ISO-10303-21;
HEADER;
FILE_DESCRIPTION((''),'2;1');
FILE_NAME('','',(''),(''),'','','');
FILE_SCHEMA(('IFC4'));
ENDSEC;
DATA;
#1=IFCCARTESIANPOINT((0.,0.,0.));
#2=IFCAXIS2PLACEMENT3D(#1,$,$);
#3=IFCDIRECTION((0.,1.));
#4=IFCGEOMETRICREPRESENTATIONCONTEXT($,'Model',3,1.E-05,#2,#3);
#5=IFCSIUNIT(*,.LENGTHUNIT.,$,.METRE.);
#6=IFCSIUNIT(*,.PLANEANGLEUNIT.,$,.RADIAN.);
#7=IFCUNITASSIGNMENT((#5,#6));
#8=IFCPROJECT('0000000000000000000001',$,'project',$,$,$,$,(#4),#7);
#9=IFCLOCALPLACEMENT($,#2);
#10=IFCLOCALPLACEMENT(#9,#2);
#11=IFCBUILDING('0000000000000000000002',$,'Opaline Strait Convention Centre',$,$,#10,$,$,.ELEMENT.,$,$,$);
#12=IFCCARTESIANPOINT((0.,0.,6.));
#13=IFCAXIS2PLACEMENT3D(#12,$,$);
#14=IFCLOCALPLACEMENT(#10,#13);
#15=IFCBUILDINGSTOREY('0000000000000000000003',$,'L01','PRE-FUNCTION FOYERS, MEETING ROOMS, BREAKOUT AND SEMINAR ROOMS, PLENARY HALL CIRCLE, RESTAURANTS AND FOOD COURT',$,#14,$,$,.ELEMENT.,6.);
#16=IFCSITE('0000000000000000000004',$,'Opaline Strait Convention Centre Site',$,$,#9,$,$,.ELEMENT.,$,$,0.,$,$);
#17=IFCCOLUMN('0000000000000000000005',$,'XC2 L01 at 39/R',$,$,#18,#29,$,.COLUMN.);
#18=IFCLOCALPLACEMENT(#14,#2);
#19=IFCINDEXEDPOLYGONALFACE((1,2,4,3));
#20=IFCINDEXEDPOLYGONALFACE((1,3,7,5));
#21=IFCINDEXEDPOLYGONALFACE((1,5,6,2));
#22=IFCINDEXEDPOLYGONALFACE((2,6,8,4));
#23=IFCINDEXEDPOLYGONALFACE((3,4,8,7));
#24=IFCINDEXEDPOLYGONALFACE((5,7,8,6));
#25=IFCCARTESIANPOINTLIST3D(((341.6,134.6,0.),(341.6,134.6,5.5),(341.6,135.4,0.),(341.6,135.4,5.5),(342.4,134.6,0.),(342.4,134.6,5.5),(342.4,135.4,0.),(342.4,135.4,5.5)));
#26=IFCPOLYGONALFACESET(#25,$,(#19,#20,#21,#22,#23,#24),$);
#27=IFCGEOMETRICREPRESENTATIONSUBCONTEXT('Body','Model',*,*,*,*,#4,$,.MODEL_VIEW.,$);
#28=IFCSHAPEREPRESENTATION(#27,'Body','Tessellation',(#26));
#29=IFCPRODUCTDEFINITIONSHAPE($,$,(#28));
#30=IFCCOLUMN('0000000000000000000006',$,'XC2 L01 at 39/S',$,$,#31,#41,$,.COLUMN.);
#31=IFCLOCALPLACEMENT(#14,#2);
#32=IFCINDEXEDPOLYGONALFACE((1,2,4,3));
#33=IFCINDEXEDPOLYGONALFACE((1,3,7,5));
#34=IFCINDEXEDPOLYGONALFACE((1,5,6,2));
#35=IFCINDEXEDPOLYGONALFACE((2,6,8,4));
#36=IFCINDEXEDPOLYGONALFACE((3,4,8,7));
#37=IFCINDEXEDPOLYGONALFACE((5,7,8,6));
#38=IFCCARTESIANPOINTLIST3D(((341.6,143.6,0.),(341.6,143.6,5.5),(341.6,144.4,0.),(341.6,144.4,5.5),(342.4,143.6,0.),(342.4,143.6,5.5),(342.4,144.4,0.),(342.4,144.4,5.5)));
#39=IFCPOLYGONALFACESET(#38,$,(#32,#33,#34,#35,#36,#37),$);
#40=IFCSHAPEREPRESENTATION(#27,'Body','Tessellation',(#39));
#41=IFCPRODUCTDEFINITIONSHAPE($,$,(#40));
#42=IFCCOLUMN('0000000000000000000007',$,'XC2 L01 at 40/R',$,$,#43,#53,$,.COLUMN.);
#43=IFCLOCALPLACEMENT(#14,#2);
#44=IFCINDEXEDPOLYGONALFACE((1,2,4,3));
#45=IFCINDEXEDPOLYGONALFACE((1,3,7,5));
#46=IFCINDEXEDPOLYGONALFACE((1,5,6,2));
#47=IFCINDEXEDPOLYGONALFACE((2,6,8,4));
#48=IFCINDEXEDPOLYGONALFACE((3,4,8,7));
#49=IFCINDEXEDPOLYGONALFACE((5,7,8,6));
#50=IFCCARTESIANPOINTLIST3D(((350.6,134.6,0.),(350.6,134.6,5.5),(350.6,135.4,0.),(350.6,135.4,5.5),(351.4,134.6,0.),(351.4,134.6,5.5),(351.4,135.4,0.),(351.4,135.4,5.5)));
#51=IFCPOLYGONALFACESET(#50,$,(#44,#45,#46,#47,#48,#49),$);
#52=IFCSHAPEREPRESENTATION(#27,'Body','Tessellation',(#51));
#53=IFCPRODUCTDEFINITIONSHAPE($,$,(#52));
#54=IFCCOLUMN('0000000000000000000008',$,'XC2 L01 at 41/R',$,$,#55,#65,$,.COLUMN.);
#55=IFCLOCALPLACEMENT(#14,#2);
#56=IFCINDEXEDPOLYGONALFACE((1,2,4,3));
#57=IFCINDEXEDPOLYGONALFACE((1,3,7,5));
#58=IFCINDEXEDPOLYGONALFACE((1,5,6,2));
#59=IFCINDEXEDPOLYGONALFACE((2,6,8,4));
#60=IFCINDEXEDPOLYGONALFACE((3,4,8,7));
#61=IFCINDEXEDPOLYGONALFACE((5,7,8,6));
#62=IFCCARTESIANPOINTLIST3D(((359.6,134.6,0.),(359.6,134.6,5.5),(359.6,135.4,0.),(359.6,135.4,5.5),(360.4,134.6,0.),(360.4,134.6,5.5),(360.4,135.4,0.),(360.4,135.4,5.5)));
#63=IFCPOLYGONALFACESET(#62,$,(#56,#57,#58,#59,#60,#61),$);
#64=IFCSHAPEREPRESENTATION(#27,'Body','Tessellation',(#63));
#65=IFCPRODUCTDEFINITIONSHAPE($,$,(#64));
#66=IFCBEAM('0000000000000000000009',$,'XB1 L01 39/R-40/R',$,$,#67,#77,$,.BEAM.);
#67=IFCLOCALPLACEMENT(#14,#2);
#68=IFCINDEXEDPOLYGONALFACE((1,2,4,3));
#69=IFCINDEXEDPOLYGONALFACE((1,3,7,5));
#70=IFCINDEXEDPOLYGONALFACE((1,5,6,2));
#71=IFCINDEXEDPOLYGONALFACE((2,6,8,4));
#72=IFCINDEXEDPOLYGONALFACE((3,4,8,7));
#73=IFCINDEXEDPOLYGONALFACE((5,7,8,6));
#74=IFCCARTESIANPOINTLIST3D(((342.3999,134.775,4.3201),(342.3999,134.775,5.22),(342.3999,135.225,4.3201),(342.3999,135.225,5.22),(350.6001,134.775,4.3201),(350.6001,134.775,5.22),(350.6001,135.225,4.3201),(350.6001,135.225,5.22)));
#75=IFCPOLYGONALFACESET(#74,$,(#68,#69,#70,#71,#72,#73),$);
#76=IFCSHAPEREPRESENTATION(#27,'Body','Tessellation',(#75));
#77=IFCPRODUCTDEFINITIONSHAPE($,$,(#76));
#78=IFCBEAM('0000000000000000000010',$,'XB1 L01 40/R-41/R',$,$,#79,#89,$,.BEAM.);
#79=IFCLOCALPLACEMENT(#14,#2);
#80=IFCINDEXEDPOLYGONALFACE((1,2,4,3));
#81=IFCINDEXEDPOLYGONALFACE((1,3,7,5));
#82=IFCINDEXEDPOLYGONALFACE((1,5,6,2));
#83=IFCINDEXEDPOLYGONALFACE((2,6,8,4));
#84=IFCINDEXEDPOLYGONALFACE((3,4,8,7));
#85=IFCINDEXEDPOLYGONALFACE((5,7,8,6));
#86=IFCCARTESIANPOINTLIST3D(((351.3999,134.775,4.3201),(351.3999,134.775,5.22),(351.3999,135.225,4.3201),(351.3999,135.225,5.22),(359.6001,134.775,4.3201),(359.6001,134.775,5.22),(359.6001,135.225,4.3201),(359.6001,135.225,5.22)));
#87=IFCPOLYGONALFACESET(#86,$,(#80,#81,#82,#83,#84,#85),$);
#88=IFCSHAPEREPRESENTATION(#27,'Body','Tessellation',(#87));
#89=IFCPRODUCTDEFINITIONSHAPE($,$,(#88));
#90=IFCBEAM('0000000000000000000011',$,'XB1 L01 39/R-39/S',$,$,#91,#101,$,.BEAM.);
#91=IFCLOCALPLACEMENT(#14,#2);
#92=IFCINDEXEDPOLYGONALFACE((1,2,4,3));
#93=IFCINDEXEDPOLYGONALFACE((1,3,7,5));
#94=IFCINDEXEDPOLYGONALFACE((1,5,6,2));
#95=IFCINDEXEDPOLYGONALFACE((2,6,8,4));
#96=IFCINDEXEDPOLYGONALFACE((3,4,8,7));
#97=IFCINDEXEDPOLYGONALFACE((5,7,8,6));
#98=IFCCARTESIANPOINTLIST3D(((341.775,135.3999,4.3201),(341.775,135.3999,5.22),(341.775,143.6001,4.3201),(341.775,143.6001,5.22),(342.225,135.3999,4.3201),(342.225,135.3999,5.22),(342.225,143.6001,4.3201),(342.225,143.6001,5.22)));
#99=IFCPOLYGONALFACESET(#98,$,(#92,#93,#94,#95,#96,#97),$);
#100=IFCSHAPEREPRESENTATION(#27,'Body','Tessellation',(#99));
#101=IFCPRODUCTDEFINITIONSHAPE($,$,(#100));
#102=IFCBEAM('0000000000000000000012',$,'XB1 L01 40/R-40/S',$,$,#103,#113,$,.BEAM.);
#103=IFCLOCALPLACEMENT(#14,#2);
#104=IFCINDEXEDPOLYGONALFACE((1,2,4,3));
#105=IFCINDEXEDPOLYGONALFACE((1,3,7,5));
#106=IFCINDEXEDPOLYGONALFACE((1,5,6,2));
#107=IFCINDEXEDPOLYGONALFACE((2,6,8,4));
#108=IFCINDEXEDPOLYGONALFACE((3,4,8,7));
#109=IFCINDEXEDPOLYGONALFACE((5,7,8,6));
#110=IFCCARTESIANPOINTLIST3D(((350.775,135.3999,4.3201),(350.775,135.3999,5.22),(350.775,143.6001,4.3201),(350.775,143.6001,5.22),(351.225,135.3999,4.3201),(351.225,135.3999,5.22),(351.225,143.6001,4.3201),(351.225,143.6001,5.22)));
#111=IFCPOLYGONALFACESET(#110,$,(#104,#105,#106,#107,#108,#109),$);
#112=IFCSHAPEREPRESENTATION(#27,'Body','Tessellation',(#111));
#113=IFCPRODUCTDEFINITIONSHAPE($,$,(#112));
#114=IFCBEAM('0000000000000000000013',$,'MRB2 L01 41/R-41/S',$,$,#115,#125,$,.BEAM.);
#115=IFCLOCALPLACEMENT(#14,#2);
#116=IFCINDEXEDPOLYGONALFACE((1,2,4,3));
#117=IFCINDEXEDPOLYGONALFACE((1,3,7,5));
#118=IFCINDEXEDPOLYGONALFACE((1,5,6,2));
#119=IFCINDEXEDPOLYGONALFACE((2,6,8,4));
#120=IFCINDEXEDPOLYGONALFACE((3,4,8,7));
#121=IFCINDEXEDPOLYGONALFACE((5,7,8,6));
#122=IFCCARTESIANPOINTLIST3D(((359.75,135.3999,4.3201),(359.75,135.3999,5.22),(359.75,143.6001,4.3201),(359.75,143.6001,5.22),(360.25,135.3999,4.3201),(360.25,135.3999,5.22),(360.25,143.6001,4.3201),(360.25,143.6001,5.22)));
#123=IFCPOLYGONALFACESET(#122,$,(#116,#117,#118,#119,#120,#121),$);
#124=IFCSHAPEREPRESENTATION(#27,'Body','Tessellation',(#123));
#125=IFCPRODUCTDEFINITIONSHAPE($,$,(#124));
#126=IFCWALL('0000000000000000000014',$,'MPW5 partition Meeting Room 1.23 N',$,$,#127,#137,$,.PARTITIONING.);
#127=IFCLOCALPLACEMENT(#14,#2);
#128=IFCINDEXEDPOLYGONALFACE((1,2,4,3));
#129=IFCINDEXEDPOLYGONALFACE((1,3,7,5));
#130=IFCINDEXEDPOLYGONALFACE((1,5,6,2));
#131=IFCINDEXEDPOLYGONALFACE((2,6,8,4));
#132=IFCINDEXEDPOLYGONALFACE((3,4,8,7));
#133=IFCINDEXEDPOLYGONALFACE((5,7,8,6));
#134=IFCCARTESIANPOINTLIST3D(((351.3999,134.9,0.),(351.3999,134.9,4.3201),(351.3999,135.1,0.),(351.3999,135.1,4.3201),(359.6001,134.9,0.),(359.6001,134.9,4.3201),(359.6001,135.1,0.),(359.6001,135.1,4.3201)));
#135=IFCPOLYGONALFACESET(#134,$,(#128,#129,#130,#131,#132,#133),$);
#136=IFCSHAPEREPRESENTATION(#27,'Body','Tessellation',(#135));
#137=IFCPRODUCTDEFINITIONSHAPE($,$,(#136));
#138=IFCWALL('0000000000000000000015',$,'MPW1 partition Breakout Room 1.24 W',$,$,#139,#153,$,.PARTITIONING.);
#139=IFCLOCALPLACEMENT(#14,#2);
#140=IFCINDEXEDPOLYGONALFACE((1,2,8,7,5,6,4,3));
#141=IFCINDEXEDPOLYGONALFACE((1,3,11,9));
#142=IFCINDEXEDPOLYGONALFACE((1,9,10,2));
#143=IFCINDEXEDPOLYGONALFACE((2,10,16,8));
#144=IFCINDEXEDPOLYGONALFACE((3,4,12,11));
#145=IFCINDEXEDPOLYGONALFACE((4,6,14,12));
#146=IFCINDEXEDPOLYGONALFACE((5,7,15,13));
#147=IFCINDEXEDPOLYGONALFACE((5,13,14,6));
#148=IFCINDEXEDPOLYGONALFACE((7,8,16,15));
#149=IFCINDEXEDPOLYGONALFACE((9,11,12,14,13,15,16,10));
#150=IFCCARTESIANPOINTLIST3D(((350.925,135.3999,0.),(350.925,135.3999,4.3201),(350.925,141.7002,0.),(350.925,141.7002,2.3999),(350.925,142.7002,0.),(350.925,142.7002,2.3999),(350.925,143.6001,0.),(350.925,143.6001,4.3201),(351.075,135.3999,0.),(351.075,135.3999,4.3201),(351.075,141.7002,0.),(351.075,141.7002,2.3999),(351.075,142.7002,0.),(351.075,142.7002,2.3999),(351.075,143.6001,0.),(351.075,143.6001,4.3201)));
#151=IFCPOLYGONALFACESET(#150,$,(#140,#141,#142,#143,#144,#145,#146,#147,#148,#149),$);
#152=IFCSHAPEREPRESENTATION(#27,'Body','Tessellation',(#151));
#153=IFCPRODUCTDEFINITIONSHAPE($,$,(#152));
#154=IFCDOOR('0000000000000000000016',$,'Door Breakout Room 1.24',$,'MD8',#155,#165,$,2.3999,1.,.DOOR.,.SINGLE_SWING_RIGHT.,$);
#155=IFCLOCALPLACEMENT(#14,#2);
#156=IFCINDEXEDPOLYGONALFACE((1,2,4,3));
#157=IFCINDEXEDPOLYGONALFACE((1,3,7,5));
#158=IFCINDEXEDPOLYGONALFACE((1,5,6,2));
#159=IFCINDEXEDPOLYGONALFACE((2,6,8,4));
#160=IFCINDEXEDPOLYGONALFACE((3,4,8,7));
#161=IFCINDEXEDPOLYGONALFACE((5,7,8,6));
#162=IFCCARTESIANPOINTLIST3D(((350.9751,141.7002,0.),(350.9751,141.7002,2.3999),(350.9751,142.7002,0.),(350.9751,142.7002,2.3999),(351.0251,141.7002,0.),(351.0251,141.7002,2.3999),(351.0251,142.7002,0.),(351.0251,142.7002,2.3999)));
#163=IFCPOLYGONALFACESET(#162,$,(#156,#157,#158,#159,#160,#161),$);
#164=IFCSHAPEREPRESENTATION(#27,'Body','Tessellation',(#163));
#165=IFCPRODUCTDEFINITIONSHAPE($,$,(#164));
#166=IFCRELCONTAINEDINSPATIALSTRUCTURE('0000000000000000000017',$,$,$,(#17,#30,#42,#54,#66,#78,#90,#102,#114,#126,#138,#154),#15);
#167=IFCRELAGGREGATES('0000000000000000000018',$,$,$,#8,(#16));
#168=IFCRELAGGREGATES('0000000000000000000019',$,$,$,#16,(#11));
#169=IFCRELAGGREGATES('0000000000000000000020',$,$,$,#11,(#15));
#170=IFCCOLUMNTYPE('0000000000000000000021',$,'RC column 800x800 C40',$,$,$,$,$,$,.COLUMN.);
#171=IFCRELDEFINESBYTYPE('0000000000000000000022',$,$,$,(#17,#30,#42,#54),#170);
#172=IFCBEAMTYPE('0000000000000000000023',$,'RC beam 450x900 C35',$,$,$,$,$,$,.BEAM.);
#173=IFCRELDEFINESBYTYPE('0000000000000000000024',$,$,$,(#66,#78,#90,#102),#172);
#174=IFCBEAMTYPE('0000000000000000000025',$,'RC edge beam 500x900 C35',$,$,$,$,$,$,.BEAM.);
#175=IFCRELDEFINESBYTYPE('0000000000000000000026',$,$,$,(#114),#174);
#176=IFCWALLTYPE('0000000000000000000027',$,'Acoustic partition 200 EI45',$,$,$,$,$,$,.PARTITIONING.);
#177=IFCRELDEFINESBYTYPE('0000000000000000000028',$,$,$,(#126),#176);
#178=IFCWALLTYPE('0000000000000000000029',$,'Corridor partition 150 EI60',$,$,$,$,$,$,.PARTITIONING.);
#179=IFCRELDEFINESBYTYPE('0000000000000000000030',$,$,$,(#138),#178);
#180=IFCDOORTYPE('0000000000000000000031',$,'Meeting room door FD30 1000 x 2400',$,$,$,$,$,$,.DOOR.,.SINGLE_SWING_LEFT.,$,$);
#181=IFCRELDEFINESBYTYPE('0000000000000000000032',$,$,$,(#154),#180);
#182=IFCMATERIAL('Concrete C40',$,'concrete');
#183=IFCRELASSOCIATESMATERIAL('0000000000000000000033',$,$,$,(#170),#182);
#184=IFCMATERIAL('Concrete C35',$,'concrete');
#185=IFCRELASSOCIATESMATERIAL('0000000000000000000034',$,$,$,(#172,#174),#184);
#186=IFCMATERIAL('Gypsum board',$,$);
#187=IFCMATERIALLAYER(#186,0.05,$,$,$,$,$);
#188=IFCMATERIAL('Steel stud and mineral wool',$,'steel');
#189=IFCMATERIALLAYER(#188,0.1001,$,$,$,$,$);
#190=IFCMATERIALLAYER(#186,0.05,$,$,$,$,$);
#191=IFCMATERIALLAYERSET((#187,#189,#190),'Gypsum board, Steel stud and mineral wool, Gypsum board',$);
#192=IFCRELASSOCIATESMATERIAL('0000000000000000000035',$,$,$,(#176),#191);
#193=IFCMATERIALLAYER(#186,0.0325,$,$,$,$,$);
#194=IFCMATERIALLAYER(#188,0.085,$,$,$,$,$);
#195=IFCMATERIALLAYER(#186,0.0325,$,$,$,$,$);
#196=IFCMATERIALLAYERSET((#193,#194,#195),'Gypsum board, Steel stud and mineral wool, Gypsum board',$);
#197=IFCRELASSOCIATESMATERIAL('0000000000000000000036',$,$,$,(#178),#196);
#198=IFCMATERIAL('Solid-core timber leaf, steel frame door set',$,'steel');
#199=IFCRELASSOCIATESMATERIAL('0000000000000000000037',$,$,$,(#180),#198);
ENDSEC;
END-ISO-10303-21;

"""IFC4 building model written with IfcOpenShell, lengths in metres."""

from ifc_helpers import new_model, si_unit, direction, frame, frame_2d, origin, origin_2d, place, context, subcontext, project, spatial, rectangle, extrude, material, layer, layer_set, material_profile, profile_set, type_object, element, fill, save


model = new_model("IFC4")

# Units and contexts
model_context = context("Model", 3, precision=1e-05, world=origin(), true_north=direction((0.0, 1.0)))
body_context = subcontext(model_context, "Body", "Model", "MODEL_VIEW")
ifc_project = project(units=[si_unit("LENGTHUNIT", "METRE"), si_unit("PLANEANGLEUNIT", "RADIAN")], contexts=[model_context])

# Site, building, storey
site_placement = place(None, origin())
site = spatial("IfcSite", under=ifc_project, at=site_placement, Name="Opaline Strait Convention Centre Site", CompositionType="ELEMENT", RefElevation=0.0)
building_placement = place(site_placement, origin())
building = spatial("IfcBuilding", under=site, at=building_placement, Name="Opaline Strait Convention Centre", CompositionType="ELEMENT")
storey_placement = place(building_placement, frame((0.0, 0.0, 6.0)))
storey = spatial("IfcBuildingStorey", under=building, at=storey_placement, Name="L01", Description="PRE-FUNCTION FOYERS, MEETING ROOMS, BREAKOUT AND SEMINAR ROOMS, PLENARY HALL CIRCLE, RESTAURANTS AND FOOD COURT", CompositionType="ELEMENT", Elevation=6.0)

# Columns
ifc_material_1 = material(Name="Concrete C40", Category="concrete")
ifc_material_profile_1 = material_profile(ifc_material_1, rectangle(XDim=0.8, YDim=0.8, at=origin_2d()), Name="RC 800x800")
ifc_profile_set_1 = profile_set([ifc_material_profile_1], Name="Concrete C40")
column_type = type_object("IfcColumnType", Name="RC column 800x800 C40", PredefinedType="COLUMN", material=ifc_profile_set_1)
for number, where, z_axis, x_axis, name in (
    (1, (342.0, 135.0, 0.0), (0.0, 0.0, 1.0), (1.0, 0.0, 0.0), "XC2 L01 at 39/R"),
    (2, (342.0, 144.0, 0.0), (0.0, 0.0, 1.0), (1.0, 0.0, 0.0), "XC2 L01 at 39/S"),
    (3, (351.0, 135.0, 0.0), (0.0, 0.0, 1.0), (1.0, 0.0, 0.0), "XC2 L01 at 40/R"),
    (4, (360.0, 135.0, 0.0), (0.0, 0.0, 1.0), (1.0, 0.0, 0.0), "XC2 L01 at 41/R"),
):
    element("IfcColumn", number, at=place(storey_placement, frame(where, z_axis=z_axis, x_axis=x_axis)), inside=storey, type_object=column_type, Name=name, PredefinedType="COLUMN", context=body_context, shape_type="SweptSolid", body=[
        extrude(rectangle(XDim=0.8, YDim=0.8, at=origin_2d()), origin(), (0.0, 0.0, 1.0), 5.5),
    ])

# Beams
ifc_material_2 = material(Name="Concrete C35", Category="concrete")
ifc_material_profile_2 = material_profile(ifc_material_2, rectangle(XDim=0.45, YDim=0.8999, at=origin_2d()), Name="RC 450x900")
ifc_profile_set_2 = profile_set([ifc_material_profile_2], Name="Concrete C35")
beam_type_1 = type_object("IfcBeamType", Name="RC beam 450x900 C35", PredefinedType="BEAM", material=ifc_profile_set_2)
for number, where, z_axis, x_axis, name in (
    (5, (342.3999, 135.0, 4.77), (1.0, 0.0, 0.0), (0.0, 1.0, 0.0), "XB1 L01 39/R-40/R"),
    (6, (351.3999, 135.0, 4.77), (1.0, 0.0, 0.0), (0.0, 1.0, 0.0), "XB1 L01 40/R-41/R"),
    (7, (342.0, 135.3999, 4.77), (0.0, 1.0, 0.0), (-1.0, 0.0, 0.0), "XB1 L01 39/R-39/S"),
    (8, (351.0, 135.3999, 4.77), (0.0, 1.0, 0.0), (-1.0, 0.0, 0.0), "XB1 L01 40/R-40/S"),
):
    element("IfcBeam", number, at=place(storey_placement, frame(where, z_axis=z_axis, x_axis=x_axis)), inside=storey, type_object=beam_type_1, Name=name, PredefinedType="BEAM", context=body_context, shape_type="SweptSolid", body=[
        extrude(rectangle(XDim=0.45, YDim=0.8999, at=origin_2d()), origin(), (0.0, 0.0, 1.0), 8.2002),
    ])
ifc_material_profile_3 = material_profile(ifc_material_2, rectangle(XDim=0.5, YDim=0.8999, at=origin_2d()), Name="RC 500x900")
ifc_profile_set_3 = profile_set([ifc_material_profile_3], Name="Concrete C35")
beam_type_2 = type_object("IfcBeamType", Name="RC edge beam 500x900 C35", PredefinedType="BEAM", material=ifc_profile_set_3)
beam_placement = place(storey_placement, frame((360.0, 135.3999, 4.77), z_axis=(0.0, 1.0, 0.0), x_axis=(-1.0, 0.0, 0.0)))
element("IfcBeam", 9, at=beam_placement, inside=storey, type_object=beam_type_2, Name="MRB2 L01 41/R-41/S", PredefinedType="BEAM", context=body_context, shape_type="SweptSolid", body=[
    extrude(rectangle(XDim=0.5, YDim=0.8999, at=origin_2d()), origin(), (0.0, 0.0, 1.0), 8.2002),
])

# Wall
ifc_material_3 = material(Name="Gypsum board")
ifc_layer_1 = layer(ifc_material_3, 0.05)
ifc_material_4 = material(Name="Steel stud and mineral wool", Category="steel")
ifc_layer_2 = layer(ifc_material_4, 0.1001)
ifc_layer_3 = layer(ifc_material_3, 0.05)
ifc_layer_set_1 = layer_set([ifc_layer_1, ifc_layer_2, ifc_layer_3], Name="Gypsum board, Steel stud and mineral wool, Gypsum board")
wall_type_1 = type_object("IfcWallType", Name="Acoustic partition 200 EI45", PredefinedType="PARTITIONING", material=ifc_layer_set_1)
wall_1_placement = place(storey_placement, frame((351.3999, 135.0, 0.0), z_axis=(0.0, 0.0, 1.0), x_axis=(1.0, 0.0, 0.0)))
element("IfcWall", 10, at=wall_1_placement, inside=storey, type_object=wall_type_1, Name="MPW5 partition Meeting Room 1.23 N", PredefinedType="PARTITIONING", context=body_context, shape_type="SweptSolid", body=[
    extrude(rectangle(XDim=8.2002, YDim=0.2, at=frame_2d((4.1001, 0.0))), origin(), (0.0, 0.0, 1.0), 4.3201),
])

# Wall, opening, door
ifc_layer_4 = layer(ifc_material_3, 0.0325)
ifc_layer_5 = layer(ifc_material_4, 0.085)
ifc_layer_6 = layer(ifc_material_3, 0.0325)
ifc_layer_set_2 = layer_set([ifc_layer_4, ifc_layer_5, ifc_layer_6], Name="Gypsum board, Steel stud and mineral wool, Gypsum board")
wall_type_2 = type_object("IfcWallType", Name="Corridor partition 150 EI60", PredefinedType="PARTITIONING", material=ifc_layer_set_2)
wall_2_placement = place(storey_placement, frame((351.0, 135.3999, 0.0), z_axis=(0.0, 0.0, 1.0), x_axis=(0.0, 1.0, 0.0)))
wall_2 = element("IfcWall", 11, at=wall_2_placement, inside=storey, type_object=wall_type_2, Name="MPW1 partition Breakout Room 1.24 W", PredefinedType="PARTITIONING", context=body_context, shape_type="SweptSolid", body=[
    extrude(rectangle(XDim=8.2002, YDim=0.1499, at=frame_2d((4.1001, 0.0))), origin(), (0.0, 0.0, 1.0), 4.3201),
])
opening_1_placement = place(wall_2_placement, frame((6.3003, 0.0, 0.0)))
opening_1 = element("IfcOpeningElement", 12, at=opening_1_placement, cuts=wall_2, PredefinedType="OPENING", context=body_context, shape_type="SweptSolid", body=[
    extrude(rectangle(XDim=1.0, YDim=2.3999, at=frame_2d((0.5, 1.2))), frame((0.0, 0.085, 0.0), z_axis=(0.0, -1.0, 0.0), x_axis=(1.0, 0.0, 0.0)), (0.0, 0.0, 1.0), 0.1699),
])
ifc_material_5 = material(Name="Solid-core timber leaf, steel frame door set", Category="steel")
door_type = type_object("IfcDoorType", Name="Meeting room door FD30 1000 x 2400", OperationType="SINGLE_SWING_LEFT", PredefinedType="DOOR", material=ifc_material_5)
door_placement = place(opening_1_placement, origin())
door = element("IfcDoor", 13, at=door_placement, inside=storey, type_object=door_type, Name="Door Breakout Room 1.24", ObjectType="MD8", OperationType="SINGLE_SWING_RIGHT", OverallHeight=2.3999, OverallWidth=1.0, PredefinedType="DOOR", context=body_context, shape_type="SweptSolid", body=[
    extrude(rectangle(XDim=1.0, YDim=2.3999, at=frame_2d((0.5, 1.2))), frame((0.0, 0.0249, 0.0), z_axis=(0.0, -1.0, 0.0), x_axis=(1.0, 0.0, 0.0)), (0.0, 0.0, 1.0), 0.05),
])
fill(opening_1, door)

save(model, "model.ifc")
